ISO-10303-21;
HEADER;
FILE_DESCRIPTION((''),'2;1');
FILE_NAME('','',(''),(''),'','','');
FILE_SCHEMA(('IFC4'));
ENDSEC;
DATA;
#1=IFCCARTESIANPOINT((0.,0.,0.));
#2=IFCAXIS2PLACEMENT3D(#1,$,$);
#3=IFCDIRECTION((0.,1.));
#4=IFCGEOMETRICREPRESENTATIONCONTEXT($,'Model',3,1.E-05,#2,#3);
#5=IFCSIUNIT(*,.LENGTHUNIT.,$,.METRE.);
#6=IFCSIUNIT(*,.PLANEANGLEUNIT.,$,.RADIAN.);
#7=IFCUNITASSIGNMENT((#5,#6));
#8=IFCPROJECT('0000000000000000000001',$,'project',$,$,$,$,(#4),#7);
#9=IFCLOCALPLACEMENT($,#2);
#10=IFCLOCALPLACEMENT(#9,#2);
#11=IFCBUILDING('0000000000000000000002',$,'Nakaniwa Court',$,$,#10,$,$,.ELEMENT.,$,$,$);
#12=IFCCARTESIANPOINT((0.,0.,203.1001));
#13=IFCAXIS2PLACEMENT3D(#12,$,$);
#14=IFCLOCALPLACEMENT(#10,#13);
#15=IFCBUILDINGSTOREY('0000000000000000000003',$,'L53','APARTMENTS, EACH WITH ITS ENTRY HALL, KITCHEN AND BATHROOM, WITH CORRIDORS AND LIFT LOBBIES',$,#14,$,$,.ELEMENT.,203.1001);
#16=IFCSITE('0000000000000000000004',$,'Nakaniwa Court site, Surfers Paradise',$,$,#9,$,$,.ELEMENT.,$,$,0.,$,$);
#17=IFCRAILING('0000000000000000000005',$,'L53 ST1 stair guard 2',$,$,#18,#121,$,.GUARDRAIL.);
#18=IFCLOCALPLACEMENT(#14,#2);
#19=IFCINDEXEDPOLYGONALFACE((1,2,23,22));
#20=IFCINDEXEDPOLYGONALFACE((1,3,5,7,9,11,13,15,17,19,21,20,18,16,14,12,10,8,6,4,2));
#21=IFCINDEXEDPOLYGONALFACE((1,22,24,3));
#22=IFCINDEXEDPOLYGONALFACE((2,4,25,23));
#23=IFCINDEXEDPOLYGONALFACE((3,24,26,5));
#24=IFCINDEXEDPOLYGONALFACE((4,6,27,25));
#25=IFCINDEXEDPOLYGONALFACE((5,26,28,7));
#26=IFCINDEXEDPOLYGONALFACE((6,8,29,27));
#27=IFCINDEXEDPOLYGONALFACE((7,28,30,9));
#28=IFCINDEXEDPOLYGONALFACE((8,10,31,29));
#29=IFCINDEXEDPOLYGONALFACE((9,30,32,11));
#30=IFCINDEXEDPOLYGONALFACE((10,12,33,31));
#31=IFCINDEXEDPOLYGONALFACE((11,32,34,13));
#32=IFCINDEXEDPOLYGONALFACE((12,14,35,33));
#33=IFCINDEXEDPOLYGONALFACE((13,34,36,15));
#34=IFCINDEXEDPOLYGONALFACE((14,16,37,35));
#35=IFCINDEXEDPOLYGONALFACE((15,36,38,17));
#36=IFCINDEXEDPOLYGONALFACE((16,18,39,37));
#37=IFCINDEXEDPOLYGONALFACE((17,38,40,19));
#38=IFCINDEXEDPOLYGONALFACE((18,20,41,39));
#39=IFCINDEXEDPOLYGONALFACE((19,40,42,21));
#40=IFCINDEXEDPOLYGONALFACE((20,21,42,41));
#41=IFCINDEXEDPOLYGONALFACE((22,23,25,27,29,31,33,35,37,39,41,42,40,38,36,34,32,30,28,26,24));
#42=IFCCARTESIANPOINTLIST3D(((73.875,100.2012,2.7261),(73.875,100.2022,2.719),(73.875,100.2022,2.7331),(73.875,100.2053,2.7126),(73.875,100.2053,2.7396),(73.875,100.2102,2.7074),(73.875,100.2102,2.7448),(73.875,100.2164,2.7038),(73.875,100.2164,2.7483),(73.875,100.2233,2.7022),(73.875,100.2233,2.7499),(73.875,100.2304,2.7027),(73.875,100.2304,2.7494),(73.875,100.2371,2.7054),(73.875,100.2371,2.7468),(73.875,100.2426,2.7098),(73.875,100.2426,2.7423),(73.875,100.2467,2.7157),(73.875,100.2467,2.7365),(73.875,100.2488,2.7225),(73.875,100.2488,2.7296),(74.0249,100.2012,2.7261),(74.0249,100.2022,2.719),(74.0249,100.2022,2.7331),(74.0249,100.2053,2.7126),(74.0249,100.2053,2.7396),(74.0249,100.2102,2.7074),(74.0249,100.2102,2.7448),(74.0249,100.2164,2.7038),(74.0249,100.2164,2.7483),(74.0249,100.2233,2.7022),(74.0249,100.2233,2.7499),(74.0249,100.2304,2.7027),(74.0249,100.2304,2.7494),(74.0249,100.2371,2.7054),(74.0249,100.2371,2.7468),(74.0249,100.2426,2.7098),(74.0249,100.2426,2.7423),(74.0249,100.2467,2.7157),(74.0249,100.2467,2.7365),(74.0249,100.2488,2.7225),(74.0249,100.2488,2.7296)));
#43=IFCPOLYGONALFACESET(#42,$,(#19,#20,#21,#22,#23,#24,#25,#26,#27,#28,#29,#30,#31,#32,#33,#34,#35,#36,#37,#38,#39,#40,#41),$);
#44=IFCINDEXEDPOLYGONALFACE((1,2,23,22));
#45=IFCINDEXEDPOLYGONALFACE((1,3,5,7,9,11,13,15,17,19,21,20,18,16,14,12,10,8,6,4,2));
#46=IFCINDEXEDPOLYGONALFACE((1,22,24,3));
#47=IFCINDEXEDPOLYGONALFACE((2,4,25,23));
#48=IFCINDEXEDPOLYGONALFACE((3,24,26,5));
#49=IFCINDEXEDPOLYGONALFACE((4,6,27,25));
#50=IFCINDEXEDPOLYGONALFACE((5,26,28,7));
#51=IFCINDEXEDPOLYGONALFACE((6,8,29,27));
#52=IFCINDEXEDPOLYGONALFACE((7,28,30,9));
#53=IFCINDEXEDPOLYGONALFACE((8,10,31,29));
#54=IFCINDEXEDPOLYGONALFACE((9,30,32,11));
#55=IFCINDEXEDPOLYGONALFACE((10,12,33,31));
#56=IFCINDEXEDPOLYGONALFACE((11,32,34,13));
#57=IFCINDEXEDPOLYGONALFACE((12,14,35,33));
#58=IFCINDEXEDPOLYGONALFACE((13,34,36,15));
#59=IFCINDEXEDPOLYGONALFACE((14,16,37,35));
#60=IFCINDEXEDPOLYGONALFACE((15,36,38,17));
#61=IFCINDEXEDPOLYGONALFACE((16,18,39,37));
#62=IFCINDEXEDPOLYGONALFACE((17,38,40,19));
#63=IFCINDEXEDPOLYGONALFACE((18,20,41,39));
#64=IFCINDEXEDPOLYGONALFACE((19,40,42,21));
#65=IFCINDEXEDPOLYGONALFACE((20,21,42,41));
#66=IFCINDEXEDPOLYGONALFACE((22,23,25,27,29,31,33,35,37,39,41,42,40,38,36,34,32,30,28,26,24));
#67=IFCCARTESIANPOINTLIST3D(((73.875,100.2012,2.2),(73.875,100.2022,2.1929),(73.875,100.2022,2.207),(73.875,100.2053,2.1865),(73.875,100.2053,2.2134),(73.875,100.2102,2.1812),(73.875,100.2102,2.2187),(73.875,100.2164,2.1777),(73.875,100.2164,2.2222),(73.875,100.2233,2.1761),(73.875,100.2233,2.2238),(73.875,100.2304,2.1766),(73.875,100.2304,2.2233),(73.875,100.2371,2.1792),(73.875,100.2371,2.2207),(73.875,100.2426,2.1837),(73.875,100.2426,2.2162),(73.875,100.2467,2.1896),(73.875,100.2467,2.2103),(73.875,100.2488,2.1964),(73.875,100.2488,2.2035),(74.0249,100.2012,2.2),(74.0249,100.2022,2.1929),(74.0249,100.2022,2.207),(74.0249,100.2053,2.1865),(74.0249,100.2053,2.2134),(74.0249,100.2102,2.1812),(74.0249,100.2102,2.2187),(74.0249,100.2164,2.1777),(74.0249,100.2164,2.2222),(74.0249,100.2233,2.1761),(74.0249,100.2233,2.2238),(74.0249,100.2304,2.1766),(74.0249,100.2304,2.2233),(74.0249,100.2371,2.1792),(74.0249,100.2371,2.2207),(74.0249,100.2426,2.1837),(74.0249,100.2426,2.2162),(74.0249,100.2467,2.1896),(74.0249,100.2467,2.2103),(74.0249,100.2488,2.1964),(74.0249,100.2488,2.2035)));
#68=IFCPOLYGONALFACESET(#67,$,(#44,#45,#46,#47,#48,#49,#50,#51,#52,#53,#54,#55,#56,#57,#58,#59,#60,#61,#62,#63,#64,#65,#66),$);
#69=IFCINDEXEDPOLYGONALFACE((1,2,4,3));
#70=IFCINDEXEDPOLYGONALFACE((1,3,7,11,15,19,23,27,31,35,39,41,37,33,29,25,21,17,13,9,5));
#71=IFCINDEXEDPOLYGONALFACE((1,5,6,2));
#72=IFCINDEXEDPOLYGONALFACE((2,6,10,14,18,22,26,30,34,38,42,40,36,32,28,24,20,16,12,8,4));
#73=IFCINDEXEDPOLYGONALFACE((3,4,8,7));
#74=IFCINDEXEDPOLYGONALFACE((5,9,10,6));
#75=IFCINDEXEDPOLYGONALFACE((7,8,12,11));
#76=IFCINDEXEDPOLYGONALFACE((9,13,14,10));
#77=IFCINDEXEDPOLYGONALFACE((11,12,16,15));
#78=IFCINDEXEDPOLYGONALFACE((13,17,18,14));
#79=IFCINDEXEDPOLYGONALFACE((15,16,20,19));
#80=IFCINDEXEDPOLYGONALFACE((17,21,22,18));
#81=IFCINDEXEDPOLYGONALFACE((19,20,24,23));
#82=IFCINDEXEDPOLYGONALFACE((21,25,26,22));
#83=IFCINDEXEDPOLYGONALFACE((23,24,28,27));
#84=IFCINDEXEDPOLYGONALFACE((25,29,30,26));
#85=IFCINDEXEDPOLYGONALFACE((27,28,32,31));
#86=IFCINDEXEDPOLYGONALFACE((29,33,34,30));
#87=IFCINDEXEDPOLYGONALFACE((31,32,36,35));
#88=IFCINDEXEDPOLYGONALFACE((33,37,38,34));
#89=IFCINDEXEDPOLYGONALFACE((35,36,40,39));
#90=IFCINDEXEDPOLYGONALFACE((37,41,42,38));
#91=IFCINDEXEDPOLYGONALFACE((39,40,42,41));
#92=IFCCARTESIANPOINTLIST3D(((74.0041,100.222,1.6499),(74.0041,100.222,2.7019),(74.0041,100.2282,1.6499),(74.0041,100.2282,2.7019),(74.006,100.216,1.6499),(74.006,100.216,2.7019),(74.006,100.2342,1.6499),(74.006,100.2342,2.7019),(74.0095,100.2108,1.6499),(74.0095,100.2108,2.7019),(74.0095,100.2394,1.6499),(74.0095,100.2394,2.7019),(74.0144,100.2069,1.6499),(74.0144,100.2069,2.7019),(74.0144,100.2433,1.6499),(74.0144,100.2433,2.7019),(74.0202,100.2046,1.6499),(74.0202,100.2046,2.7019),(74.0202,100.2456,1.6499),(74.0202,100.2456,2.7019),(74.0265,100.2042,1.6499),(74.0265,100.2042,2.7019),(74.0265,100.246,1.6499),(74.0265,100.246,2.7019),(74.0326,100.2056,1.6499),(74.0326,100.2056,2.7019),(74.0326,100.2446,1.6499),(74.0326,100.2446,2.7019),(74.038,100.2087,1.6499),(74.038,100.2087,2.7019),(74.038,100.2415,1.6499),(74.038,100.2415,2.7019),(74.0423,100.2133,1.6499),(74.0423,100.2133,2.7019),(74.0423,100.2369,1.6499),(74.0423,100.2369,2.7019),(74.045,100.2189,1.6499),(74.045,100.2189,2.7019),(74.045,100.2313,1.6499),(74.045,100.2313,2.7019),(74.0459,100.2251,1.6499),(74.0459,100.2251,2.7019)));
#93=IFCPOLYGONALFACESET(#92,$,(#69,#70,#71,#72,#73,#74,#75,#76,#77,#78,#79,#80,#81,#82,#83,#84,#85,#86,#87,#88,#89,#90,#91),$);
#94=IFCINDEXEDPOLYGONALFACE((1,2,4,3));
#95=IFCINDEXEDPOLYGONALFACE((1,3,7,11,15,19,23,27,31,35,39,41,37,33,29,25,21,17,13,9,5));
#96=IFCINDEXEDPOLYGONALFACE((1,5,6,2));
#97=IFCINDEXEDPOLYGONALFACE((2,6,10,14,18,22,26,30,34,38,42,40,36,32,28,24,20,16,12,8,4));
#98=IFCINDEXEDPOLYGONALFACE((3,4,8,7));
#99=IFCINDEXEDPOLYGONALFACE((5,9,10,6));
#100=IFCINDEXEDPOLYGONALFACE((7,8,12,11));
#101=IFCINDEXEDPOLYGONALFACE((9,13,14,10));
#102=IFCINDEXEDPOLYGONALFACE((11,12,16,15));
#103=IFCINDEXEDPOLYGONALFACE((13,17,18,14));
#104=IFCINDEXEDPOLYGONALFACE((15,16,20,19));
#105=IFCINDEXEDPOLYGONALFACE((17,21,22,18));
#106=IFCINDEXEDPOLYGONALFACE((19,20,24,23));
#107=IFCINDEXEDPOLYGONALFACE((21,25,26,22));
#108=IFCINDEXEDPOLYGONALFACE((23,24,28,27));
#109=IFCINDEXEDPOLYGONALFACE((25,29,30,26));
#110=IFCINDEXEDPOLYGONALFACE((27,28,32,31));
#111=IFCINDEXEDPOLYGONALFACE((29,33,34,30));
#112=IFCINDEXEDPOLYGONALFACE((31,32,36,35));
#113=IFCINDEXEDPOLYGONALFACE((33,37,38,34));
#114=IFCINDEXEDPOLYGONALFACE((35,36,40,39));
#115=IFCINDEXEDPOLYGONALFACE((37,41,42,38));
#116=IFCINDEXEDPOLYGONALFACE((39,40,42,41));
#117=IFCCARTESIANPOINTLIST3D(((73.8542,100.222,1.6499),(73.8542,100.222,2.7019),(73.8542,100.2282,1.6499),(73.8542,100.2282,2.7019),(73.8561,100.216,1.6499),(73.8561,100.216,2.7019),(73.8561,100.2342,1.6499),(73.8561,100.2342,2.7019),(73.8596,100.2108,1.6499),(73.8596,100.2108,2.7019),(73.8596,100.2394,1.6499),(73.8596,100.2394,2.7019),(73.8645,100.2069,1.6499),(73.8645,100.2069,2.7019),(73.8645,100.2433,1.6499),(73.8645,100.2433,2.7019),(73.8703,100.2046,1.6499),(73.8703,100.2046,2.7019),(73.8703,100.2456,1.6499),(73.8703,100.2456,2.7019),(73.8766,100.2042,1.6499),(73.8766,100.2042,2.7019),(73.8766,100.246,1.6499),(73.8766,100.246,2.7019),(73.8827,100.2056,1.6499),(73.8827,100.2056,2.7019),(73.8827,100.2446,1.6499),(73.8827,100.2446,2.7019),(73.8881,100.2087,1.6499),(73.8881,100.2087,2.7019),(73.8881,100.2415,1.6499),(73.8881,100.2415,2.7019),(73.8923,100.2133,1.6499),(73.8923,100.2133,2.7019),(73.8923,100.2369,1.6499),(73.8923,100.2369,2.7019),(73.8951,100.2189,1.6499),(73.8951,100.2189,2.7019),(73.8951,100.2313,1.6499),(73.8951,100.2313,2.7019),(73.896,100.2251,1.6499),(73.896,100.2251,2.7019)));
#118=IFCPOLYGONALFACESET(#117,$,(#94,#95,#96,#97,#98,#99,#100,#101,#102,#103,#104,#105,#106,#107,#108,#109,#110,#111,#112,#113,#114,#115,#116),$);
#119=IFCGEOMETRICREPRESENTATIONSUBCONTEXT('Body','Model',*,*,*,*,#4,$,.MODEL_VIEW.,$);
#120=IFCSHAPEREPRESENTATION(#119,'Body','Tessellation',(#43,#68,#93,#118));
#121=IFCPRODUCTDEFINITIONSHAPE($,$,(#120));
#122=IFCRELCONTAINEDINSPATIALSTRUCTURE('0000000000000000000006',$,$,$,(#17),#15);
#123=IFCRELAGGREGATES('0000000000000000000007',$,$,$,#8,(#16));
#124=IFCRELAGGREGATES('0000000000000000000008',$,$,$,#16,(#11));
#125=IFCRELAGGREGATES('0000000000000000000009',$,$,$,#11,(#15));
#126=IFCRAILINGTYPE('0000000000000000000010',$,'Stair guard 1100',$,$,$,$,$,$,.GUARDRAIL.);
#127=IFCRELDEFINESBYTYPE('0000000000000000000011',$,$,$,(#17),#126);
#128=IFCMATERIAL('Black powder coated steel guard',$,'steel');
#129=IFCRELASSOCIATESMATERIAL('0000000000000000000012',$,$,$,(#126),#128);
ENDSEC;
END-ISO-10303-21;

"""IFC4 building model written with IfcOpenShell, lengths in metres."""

from ifc_helpers import new_model, si_unit, direction, frame, origin, origin_2d, place, context, subcontext, project, spatial, circle, extrude, material, type_object, element, save


model = new_model("IFC4")

# Units and contexts
model_context = context("Model", 3, precision=1e-05, world=origin(), true_north=direction((0.0, 1.0)))
body_context = subcontext(model_context, "Body", "Model", "MODEL_VIEW")
ifc_project = project(units=[si_unit("LENGTHUNIT", "METRE"), si_unit("PLANEANGLEUNIT", "RADIAN")], contexts=[model_context])

# Site, building, storey
site_placement = place(None, origin())
site = spatial("IfcSite", under=ifc_project, at=site_placement, Name="Nakaniwa Court site, Surfers Paradise", CompositionType="ELEMENT", RefElevation=0.0)
building_placement = place(site_placement, origin())
building = spatial("IfcBuilding", under=site, at=building_placement, Name="Nakaniwa Court", CompositionType="ELEMENT")
storey_placement = place(building_placement, frame((0.0, 0.0, 203.1001)))
storey = spatial("IfcBuildingStorey", under=building, at=storey_placement, Name="L53", Description="APARTMENTS, EACH WITH ITS ENTRY HALL, KITCHEN AND BATHROOM, WITH CORRIDORS AND LIFT LOBBIES", CompositionType="ELEMENT", Elevation=203.1001)

# Railing
ifc_material_1 = material(Name="Black powder coated steel guard", Category="steel")
railing_type_1 = type_object("IfcRailingType", Name="Stair guard 1100", PredefinedType="GUARDRAIL", material=ifc_material_1)
railing_1_placement = place(storey_placement, frame((74.0249, 100.2251, 1.6499)))
element("IfcRailing", 1, at=railing_1_placement, inside=storey, type_object=railing_type_1, Name="L53 ST1 stair guard 2", PredefinedType="GUARDRAIL", context=body_context, shape_type="SweptSolid", body=[
    extrude(circle(Radius=0.0239, at=origin_2d()), frame((0.0, 0.0, 1.0762), z_axis=(-1.0, 0.0, 0.0), x_axis=(0.0, -1.0, 0.0)), (0.0, 0.0, 1.0), 0.1499),
    extrude(circle(Radius=0.0239, at=origin_2d()), frame((0.0, 0.0, 0.55), z_axis=(-1.0, 0.0, 0.0), x_axis=(0.0, -1.0, 0.0)), (0.0, 0.0, 1.0), 0.1499),
    extrude(circle(Radius=0.021, at=origin_2d()), origin(), (0.0, 0.0, 1.0), 1.052),
    extrude(circle(Radius=0.021, at=origin_2d()), frame((-0.1499, 0.0, 0.0)), (0.0, 0.0, 1.0), 1.052),
])

save(model, "model.ifc")
